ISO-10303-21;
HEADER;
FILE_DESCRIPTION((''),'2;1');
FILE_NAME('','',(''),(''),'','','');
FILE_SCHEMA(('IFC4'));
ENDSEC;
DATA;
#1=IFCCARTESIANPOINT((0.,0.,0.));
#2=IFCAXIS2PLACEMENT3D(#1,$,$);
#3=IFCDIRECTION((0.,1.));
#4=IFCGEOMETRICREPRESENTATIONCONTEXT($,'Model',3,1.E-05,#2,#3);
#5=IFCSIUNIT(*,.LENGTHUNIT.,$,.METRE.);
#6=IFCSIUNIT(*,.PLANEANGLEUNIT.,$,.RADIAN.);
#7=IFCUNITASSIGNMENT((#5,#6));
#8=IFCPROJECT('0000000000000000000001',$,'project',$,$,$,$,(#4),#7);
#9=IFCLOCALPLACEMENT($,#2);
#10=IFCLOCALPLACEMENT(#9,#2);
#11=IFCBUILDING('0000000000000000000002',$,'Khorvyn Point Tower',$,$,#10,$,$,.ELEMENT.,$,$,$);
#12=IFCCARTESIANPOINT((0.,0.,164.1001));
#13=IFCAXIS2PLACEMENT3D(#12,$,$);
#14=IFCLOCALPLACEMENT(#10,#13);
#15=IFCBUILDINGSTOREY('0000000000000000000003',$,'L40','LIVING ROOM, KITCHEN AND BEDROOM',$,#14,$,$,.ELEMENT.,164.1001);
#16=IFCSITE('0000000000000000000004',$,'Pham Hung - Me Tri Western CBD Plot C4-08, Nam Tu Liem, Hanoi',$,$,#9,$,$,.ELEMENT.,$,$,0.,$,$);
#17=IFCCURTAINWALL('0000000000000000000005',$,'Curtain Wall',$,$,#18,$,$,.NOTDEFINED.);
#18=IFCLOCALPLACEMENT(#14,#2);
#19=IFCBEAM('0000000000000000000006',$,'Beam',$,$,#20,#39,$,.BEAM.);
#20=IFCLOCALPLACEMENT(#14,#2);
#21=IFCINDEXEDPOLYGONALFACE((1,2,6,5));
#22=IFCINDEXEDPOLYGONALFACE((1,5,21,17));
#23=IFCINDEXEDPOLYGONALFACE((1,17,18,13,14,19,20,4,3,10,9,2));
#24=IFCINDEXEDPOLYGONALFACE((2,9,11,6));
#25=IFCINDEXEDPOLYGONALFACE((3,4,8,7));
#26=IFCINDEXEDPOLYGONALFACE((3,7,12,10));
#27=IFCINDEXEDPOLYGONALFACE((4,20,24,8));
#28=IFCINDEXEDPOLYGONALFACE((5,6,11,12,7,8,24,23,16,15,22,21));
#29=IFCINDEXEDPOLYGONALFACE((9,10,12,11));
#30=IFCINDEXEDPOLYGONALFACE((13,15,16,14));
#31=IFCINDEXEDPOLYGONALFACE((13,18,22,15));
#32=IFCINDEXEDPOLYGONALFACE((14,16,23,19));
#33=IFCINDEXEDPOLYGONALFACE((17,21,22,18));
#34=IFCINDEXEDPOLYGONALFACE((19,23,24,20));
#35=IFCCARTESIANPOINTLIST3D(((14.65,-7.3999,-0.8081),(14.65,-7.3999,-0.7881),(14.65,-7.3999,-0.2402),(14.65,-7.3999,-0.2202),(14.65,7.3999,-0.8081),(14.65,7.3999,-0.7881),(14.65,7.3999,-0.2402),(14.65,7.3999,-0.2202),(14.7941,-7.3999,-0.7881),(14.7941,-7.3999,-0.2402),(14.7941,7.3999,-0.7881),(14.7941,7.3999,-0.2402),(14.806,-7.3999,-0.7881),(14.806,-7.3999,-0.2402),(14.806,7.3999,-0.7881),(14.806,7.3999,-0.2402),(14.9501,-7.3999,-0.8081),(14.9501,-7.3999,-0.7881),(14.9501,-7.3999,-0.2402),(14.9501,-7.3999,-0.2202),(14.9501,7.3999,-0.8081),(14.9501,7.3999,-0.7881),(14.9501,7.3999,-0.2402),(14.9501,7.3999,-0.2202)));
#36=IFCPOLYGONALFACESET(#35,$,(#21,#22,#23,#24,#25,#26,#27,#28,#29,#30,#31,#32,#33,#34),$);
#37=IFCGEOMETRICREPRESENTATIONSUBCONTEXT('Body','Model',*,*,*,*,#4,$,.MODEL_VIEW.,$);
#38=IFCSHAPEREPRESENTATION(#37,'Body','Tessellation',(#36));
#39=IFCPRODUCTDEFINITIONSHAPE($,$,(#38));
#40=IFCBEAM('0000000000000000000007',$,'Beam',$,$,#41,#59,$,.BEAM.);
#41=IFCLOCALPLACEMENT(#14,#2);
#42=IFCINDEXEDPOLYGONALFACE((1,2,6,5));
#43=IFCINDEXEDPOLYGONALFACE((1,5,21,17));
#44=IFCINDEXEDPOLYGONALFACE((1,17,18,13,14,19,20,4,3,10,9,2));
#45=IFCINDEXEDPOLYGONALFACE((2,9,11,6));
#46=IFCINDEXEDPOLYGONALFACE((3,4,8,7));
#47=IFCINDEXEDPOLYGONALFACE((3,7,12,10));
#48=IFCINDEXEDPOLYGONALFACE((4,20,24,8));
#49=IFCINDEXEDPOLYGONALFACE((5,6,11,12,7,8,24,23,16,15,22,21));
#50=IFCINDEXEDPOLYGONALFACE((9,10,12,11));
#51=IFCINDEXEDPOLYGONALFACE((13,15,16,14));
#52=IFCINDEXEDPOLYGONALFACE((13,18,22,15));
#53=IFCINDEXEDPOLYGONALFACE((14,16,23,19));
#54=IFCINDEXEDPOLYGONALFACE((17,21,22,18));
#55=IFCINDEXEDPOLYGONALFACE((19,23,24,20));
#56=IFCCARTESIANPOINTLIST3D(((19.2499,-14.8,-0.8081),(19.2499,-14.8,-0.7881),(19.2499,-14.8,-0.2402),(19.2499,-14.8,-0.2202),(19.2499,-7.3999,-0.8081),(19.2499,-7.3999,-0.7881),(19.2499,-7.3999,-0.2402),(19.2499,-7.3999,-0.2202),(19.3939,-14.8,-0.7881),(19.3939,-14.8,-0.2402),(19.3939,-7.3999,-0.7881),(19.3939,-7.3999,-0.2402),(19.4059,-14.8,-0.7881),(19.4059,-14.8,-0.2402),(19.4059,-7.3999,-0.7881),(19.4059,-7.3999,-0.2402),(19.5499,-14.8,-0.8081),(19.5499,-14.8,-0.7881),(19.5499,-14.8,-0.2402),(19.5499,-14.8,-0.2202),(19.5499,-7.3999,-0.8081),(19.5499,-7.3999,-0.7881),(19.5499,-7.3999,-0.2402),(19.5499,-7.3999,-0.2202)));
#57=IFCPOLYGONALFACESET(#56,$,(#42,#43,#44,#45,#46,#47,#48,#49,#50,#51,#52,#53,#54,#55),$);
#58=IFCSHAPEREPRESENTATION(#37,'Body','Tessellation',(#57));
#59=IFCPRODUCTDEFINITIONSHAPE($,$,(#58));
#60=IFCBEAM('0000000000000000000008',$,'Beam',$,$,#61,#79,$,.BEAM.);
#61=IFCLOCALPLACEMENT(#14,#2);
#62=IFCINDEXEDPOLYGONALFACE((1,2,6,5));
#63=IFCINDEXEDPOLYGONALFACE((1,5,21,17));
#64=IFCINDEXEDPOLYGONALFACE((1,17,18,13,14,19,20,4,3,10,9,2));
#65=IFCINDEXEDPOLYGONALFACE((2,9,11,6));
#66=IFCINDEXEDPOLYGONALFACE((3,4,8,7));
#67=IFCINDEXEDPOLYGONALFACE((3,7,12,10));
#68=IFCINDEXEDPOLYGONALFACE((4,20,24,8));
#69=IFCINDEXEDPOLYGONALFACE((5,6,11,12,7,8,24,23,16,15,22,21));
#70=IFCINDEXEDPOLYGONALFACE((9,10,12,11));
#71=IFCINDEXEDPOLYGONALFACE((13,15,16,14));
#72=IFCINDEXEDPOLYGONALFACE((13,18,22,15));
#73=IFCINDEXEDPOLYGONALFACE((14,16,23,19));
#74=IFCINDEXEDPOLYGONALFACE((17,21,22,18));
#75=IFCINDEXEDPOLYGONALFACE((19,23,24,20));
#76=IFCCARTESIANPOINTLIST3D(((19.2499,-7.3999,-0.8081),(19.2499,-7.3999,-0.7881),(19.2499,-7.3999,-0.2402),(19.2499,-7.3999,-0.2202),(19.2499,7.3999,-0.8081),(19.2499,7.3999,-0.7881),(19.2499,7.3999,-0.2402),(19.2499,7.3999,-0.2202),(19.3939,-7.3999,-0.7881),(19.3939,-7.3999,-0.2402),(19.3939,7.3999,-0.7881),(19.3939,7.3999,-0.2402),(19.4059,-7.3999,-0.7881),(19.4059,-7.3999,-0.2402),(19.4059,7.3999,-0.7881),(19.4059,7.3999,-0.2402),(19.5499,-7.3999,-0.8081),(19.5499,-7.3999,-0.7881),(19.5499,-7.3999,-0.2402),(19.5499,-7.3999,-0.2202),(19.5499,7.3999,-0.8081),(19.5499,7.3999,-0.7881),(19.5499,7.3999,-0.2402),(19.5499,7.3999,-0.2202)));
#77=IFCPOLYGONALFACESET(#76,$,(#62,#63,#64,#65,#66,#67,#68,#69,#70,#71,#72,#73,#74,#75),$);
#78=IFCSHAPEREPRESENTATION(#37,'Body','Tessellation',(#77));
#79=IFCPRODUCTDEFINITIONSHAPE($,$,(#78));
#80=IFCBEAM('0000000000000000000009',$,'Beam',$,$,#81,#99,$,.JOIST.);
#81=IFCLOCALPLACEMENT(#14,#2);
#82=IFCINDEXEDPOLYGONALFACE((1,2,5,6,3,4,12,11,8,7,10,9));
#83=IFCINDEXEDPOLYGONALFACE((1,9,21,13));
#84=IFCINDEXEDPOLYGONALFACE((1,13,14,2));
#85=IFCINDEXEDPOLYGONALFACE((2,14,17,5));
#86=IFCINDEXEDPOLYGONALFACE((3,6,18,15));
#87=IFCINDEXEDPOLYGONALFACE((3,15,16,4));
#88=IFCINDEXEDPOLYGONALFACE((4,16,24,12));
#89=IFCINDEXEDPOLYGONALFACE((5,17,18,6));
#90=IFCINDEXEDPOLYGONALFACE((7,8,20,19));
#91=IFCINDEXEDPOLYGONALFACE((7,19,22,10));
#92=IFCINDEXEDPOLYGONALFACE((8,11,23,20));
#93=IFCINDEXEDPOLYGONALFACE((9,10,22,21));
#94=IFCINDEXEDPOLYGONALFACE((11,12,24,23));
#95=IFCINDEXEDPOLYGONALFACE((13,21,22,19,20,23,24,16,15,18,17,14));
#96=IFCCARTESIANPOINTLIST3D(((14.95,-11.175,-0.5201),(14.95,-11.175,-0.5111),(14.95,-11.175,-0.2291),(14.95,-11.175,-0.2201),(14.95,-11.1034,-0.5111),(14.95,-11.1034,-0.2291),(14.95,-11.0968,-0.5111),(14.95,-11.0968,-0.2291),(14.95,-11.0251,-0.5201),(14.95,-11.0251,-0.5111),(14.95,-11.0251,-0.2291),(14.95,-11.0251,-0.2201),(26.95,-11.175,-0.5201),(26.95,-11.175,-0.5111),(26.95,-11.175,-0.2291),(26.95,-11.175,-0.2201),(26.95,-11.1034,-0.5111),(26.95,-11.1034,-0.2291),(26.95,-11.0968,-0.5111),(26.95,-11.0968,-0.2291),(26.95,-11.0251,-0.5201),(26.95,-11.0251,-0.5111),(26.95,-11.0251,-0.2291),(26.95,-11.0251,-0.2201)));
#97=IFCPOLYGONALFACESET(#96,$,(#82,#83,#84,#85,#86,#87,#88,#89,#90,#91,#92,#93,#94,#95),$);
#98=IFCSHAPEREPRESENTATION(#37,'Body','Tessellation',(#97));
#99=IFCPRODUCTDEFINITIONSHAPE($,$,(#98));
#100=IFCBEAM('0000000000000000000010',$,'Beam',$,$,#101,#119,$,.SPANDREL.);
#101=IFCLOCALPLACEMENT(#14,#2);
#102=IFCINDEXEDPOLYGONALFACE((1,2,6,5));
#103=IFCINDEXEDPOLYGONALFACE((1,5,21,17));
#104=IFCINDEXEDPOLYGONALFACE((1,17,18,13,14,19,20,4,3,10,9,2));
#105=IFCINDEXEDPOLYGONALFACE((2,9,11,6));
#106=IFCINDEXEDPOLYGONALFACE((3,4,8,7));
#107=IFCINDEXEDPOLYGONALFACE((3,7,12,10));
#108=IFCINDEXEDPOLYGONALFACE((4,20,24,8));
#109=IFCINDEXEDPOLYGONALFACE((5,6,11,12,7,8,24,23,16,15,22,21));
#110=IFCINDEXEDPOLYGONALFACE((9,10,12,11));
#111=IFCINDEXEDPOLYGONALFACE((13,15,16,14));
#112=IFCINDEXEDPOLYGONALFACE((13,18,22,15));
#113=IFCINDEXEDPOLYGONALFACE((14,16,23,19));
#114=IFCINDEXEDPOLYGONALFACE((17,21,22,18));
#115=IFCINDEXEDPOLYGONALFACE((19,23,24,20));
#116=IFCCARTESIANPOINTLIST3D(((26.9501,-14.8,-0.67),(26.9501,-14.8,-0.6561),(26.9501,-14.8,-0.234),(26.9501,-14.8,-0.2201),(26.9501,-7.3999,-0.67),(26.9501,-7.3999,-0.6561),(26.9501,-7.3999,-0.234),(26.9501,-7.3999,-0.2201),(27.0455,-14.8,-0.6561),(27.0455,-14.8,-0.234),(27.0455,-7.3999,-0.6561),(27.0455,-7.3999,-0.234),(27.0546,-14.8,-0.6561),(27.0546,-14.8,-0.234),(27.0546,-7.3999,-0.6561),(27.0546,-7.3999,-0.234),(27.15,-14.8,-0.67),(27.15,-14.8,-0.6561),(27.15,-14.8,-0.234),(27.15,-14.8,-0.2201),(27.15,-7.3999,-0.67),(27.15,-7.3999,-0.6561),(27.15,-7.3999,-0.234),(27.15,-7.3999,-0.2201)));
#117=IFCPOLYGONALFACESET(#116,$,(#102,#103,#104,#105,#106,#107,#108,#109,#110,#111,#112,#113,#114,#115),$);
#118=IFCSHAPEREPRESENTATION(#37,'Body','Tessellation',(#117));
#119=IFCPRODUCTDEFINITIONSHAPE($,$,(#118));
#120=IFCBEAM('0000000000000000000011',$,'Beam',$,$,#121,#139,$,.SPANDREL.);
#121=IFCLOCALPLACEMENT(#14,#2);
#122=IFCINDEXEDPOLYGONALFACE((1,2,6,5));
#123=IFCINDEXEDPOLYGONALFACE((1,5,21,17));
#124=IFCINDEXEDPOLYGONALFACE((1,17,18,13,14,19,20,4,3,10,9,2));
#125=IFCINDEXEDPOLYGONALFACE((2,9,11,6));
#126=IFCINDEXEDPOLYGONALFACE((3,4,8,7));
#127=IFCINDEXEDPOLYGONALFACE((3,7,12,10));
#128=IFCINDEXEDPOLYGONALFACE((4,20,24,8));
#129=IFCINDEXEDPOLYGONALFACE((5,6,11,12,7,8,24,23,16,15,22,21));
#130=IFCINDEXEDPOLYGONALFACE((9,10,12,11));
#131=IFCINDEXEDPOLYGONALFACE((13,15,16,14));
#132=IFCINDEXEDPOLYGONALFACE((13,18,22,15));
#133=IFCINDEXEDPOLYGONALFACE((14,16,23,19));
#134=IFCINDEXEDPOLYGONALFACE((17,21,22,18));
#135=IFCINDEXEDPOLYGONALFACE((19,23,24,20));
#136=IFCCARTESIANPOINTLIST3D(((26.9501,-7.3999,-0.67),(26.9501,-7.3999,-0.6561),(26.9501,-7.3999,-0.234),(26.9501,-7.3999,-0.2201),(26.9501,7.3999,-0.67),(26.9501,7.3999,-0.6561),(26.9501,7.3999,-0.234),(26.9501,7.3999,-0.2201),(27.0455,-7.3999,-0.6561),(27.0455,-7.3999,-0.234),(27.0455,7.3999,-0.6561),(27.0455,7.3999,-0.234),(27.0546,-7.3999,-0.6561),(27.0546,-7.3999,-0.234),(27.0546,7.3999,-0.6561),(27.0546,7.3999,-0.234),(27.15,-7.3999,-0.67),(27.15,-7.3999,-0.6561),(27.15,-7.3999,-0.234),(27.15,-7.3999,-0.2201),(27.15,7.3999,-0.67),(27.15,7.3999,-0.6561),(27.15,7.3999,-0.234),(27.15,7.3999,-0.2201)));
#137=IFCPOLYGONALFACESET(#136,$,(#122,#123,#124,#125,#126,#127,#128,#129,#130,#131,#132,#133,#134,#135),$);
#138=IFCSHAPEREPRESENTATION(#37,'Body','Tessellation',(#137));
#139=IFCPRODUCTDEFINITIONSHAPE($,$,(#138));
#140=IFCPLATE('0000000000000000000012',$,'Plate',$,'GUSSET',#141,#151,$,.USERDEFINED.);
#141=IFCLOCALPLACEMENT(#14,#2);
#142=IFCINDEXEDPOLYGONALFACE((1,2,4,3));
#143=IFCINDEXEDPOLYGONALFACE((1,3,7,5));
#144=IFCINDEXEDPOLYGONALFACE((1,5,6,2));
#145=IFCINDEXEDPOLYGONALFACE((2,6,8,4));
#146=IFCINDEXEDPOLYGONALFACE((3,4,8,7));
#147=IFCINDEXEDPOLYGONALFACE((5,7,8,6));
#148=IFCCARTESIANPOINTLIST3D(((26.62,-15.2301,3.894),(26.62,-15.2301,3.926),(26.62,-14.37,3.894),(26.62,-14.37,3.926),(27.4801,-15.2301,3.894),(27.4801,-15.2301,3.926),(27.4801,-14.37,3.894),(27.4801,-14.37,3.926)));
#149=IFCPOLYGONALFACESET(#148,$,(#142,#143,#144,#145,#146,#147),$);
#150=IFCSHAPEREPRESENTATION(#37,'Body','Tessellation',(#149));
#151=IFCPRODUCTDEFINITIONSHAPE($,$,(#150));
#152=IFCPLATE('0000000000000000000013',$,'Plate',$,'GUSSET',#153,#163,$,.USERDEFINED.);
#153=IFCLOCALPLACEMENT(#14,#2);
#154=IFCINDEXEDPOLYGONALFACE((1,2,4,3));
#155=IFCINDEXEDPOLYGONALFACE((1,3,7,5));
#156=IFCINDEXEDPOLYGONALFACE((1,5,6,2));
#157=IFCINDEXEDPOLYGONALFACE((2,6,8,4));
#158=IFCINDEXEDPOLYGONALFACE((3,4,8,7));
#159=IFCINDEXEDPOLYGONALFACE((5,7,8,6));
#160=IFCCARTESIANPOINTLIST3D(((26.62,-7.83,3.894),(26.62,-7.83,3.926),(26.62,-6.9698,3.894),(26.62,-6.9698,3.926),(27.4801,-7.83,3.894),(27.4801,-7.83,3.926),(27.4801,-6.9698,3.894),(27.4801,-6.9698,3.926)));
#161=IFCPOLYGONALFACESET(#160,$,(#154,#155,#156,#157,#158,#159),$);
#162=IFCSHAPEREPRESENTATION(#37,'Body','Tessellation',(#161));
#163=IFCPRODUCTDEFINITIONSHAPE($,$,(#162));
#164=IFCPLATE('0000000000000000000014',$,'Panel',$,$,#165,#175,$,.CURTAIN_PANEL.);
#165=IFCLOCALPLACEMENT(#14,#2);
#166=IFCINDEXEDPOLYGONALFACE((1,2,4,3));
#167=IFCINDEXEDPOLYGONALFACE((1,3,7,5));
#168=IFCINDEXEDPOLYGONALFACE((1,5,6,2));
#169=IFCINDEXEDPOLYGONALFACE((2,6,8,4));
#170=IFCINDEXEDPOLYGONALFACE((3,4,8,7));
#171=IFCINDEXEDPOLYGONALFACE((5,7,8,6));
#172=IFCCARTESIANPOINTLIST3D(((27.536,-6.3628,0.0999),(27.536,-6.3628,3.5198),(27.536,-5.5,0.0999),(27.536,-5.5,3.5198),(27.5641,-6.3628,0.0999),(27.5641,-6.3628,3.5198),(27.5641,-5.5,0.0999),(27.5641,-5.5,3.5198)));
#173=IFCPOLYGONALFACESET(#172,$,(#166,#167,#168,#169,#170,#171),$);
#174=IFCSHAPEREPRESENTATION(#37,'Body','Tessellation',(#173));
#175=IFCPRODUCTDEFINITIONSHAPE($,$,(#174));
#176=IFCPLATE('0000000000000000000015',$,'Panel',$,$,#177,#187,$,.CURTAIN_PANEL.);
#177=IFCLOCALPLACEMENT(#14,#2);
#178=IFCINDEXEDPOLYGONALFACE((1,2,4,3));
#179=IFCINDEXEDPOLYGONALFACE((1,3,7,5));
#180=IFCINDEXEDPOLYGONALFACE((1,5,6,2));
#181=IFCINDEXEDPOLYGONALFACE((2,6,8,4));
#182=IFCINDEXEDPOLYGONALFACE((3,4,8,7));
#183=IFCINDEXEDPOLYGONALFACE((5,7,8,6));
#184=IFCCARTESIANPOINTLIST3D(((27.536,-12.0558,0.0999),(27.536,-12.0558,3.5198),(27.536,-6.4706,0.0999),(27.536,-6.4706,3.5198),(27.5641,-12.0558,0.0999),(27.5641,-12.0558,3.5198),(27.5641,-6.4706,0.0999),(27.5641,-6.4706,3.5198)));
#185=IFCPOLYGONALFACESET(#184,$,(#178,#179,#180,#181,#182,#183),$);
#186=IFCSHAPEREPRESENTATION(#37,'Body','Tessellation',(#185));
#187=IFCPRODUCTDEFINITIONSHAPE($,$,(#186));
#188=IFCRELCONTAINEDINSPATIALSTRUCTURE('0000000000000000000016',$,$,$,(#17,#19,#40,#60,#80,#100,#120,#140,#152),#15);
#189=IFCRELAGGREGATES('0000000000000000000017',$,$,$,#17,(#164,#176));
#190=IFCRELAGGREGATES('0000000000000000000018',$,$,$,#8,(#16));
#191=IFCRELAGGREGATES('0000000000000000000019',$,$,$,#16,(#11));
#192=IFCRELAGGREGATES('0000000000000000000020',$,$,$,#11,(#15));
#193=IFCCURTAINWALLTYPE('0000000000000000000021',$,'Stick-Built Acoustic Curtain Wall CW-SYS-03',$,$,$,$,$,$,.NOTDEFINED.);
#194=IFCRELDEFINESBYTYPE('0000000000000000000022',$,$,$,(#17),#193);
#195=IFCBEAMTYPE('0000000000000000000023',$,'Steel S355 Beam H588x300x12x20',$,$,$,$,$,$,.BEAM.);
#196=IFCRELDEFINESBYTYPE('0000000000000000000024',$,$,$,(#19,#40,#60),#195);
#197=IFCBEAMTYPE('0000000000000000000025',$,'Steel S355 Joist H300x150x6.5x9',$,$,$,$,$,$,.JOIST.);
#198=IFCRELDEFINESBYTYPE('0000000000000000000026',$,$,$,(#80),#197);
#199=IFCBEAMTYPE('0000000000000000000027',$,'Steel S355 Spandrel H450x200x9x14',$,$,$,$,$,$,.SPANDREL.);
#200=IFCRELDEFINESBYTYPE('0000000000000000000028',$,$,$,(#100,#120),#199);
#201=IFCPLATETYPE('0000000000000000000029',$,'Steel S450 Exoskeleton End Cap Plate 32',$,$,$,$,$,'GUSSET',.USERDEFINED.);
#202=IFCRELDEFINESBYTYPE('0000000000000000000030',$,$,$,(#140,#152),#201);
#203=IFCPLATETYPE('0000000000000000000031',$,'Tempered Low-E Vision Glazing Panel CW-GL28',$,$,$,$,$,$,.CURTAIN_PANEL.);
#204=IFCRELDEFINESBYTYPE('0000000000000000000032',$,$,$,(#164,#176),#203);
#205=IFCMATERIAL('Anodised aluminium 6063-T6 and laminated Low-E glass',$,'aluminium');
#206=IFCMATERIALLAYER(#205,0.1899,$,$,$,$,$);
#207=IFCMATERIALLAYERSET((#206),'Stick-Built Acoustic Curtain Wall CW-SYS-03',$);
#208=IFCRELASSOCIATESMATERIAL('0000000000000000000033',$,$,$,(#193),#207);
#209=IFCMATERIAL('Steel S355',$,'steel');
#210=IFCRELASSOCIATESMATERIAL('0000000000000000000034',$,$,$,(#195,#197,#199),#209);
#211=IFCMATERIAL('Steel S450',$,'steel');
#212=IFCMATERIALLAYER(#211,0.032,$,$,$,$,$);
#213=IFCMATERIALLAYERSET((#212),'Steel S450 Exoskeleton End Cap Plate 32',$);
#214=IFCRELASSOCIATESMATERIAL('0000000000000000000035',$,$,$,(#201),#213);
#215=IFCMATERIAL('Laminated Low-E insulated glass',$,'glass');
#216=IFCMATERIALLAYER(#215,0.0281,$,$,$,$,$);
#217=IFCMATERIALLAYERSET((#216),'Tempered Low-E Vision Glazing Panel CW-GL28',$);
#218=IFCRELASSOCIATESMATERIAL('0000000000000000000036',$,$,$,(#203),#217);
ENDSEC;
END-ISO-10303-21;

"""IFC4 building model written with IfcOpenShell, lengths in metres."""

from ifc_helpers import new_model, si_unit, direction, frame, origin, origin_2d, place, context, subcontext, project, spatial, rectangle, i_section, extrude, material, layer, layer_set, material_profile, profile_set, type_object, element, aggregate, save


model = new_model("IFC4")

# Units and contexts
model_context = context("Model", 3, precision=1e-05, world=origin(), true_north=direction((0.0, 1.0)))
body_context = subcontext(model_context, "Body", "Model", "MODEL_VIEW")
ifc_project = project(units=[si_unit("LENGTHUNIT", "METRE"), si_unit("PLANEANGLEUNIT", "RADIAN")], contexts=[model_context])

# Site, building, storey
site_placement = place(None, origin())
site = spatial("IfcSite", under=ifc_project, at=site_placement, Name="Pham Hung - Me Tri Western CBD Plot C4-08, Nam Tu Liem, Hanoi", CompositionType="ELEMENT", RefElevation=0.0)
building_placement = place(site_placement, origin())
building = spatial("IfcBuilding", under=site, at=building_placement, Name="Khorvyn Point Tower", CompositionType="ELEMENT")
storey_placement = place(building_placement, frame((0.0, 0.0, 164.1001)))
storey = spatial("IfcBuildingStorey", under=building, at=storey_placement, Name="L40", Description="LIVING ROOM, KITCHEN AND BEDROOM", CompositionType="ELEMENT", Elevation=164.1001)

# Shared definitions
ifc_material_1 = material(Name="Steel S450", Category="steel")

# Curtain wall
ifc_material_2 = material(Name="Anodised aluminium 6063-T6 and laminated Low-E glass", Category="aluminium")
ifc_layer_1 = layer(ifc_material_2, 0.1899)
ifc_layer_set_1 = layer_set([ifc_layer_1], Name="Stick-Built Acoustic Curtain Wall CW-SYS-03")
curtain_wall_type = type_object("IfcCurtainWallType", Name="Stick-Built Acoustic Curtain Wall CW-SYS-03", PredefinedType="NOTDEFINED", material=ifc_layer_set_1)
curtain_wall_placement = place(storey_placement, origin())
curtain_wall = element("IfcCurtainWall", 1, at=curtain_wall_placement, inside=storey, type_object=curtain_wall_type, Name="Curtain Wall", PredefinedType="NOTDEFINED")

# Beams
ifc_material_3 = material(Name="Steel S355", Category="steel")
ifc_material_profile_1 = material_profile(ifc_material_3, i_section(OverallWidth=0.3, OverallDepth=0.5879, WebThickness=0.012, FlangeThickness=0.02, at=origin_2d()))
ifc_profile_set_1 = profile_set([ifc_material_profile_1], Name="Steel S355 H588x300x12x20")
beam_type_1 = type_object("IfcBeamType", Name="Steel S355 Beam H588x300x12x20", PredefinedType="BEAM", material=ifc_profile_set_1)
beam_1_placement = place(storey_placement, frame((14.8, -7.3999, -0.5142), z_axis=(0.0, 1.0, 0.0), x_axis=(-1.0, 0.0, 0.0)))
element("IfcBeam", 2, at=beam_1_placement, inside=storey, type_object=beam_type_1, Name="Beam", PredefinedType="BEAM", context=body_context, shape_type="SweptSolid", body=[
    extrude(i_section(OverallWidth=0.3, OverallDepth=0.5879, WebThickness=0.012, FlangeThickness=0.02, at=origin_2d()), origin(), (0.0, 0.0, 1.0), 14.7998),
])
beam_2_placement = place(storey_placement, frame((19.3999, -14.8, -0.5142), z_axis=(0.0, 1.0, 0.0), x_axis=(-1.0, 0.0, 0.0)))
element("IfcBeam", 3, at=beam_2_placement, inside=storey, type_object=beam_type_1, Name="Beam", PredefinedType="BEAM", context=body_context, shape_type="SweptSolid", body=[
    extrude(i_section(OverallWidth=0.3, OverallDepth=0.5879, WebThickness=0.012, FlangeThickness=0.02, at=origin_2d()), origin(), (0.0, 0.0, 1.0), 7.4001),
])
beam_3_placement = place(storey_placement, frame((19.3999, -7.3999, -0.5142), z_axis=(0.0, 1.0, 0.0), x_axis=(-1.0, 0.0, 0.0)))
element("IfcBeam", 4, at=beam_3_placement, inside=storey, type_object=beam_type_1, Name="Beam", PredefinedType="BEAM", context=body_context, shape_type="SweptSolid", body=[
    extrude(i_section(OverallWidth=0.3, OverallDepth=0.5879, WebThickness=0.012, FlangeThickness=0.02, at=origin_2d()), origin(), (0.0, 0.0, 1.0), 14.7998),
])
ifc_material_profile_2 = material_profile(ifc_material_3, i_section(OverallWidth=0.1499, OverallDepth=0.3, WebThickness=0.0066, FlangeThickness=0.009, at=origin_2d()))
ifc_profile_set_2 = profile_set([ifc_material_profile_2], Name="Steel S355 H300x150x6.5x9")
beam_type_2 = type_object("IfcBeamType", Name="Steel S355 Joist H300x150x6.5x9", PredefinedType="JOIST", material=ifc_profile_set_2)
beam_4_placement = place(storey_placement, frame((14.95, -11.1001, -0.3701), z_axis=(1.0, 0.0, 0.0), x_axis=(0.0, 1.0, 0.0)))
element("IfcBeam", 5, at=beam_4_placement, inside=storey, type_object=beam_type_2, Name="Beam", PredefinedType="JOIST", context=body_context, shape_type="SweptSolid", body=[
    extrude(i_section(OverallWidth=0.1499, OverallDepth=0.3, WebThickness=0.0066, FlangeThickness=0.009, at=origin_2d()), origin(), (0.0, 0.0, 1.0), 12.0),
])
ifc_material_profile_3 = material_profile(ifc_material_3, i_section(OverallWidth=0.2, OverallDepth=0.45, WebThickness=0.009, FlangeThickness=0.0139, at=origin_2d()))
ifc_profile_set_3 = profile_set([ifc_material_profile_3], Name="Steel S355 H450x200x9x14")
beam_type_3 = type_object("IfcBeamType", Name="Steel S355 Spandrel H450x200x9x14", PredefinedType="SPANDREL", material=ifc_profile_set_3)
beam_5_placement = place(storey_placement, frame((27.05, -14.8, -0.4451), z_axis=(0.0, 1.0, 0.0), x_axis=(-1.0, 0.0, 0.0)))
element("IfcBeam", 6, at=beam_5_placement, inside=storey, type_object=beam_type_3, Name="Beam", PredefinedType="SPANDREL", context=body_context, shape_type="SweptSolid", body=[
    extrude(i_section(OverallWidth=0.2, OverallDepth=0.45, WebThickness=0.009, FlangeThickness=0.0139, at=origin_2d()), origin(), (0.0, 0.0, 1.0), 7.4001),
])
beam_6_placement = place(storey_placement, frame((27.05, -7.3999, -0.4451), z_axis=(0.0, 1.0, 0.0), x_axis=(-1.0, 0.0, 0.0)))
element("IfcBeam", 7, at=beam_6_placement, inside=storey, type_object=beam_type_3, Name="Beam", PredefinedType="SPANDREL", context=body_context, shape_type="SweptSolid", body=[
    extrude(i_section(OverallWidth=0.2, OverallDepth=0.45, WebThickness=0.009, FlangeThickness=0.0139, at=origin_2d()), origin(), (0.0, 0.0, 1.0), 14.7998),
])

# Plates
ifc_layer_2 = layer(ifc_material_1, 0.032)
ifc_layer_set_2 = layer_set([ifc_layer_2], Name="Steel S450 Exoskeleton End Cap Plate 32")
plate_type_1 = type_object("IfcPlateType", Name="Steel S450 Exoskeleton End Cap Plate 32", ElementType="GUSSET", PredefinedType="USERDEFINED", material=ifc_layer_set_2)
for number, where, z_axis, x_axis, name in (
    (8, (27.05, -14.8, 3.894), (0.0, 0.0, 1.0), (1.0, 0.0, 0.0), "Plate"),
    (9, (27.05, -7.3999, 3.894), (0.0, 0.0, 1.0), (1.0, 0.0, 0.0), "Plate"),
):
    element("IfcPlate", number, at=place(storey_placement, frame(where, z_axis=z_axis, x_axis=x_axis)), inside=storey, type_object=plate_type_1, Name=name, ObjectType="GUSSET", PredefinedType="USERDEFINED", context=body_context, shape_type="SweptSolid", body=[
        extrude(rectangle(XDim=0.8601, YDim=0.8601, at=origin_2d()), origin(), (0.0, 0.0, 1.0), 0.032),
    ])

# Plates
ifc_material_4 = material(Name="Laminated Low-E insulated glass", Category="glass")
ifc_layer_3 = layer(ifc_material_4, 0.0281)
ifc_layer_set_3 = layer_set([ifc_layer_3], Name="Tempered Low-E Vision Glazing Panel CW-GL28")
plate_type_2 = type_object("IfcPlateType", Name="Tempered Low-E Vision Glazing Panel CW-GL28", PredefinedType="CURTAIN_PANEL", material=ifc_layer_set_3)
plate_1_placement = place(storey_placement, frame((27.55, -5.9314, 0.0999), z_axis=(0.0, 0.0, 1.0), x_axis=(0.0, -1.0, 0.0)))
plate_1 = element("IfcPlate", 10, at=plate_1_placement, type_object=plate_type_2, Name="Panel", PredefinedType="CURTAIN_PANEL", context=body_context, shape_type="SweptSolid", body=[
    extrude(rectangle(XDim=0.8628, YDim=0.0281, at=origin_2d()), origin(), (0.0, 0.0, 1.0), 3.4199),
])
plate_2_placement = place(storey_placement, frame((27.55, -9.2632, 0.0999), z_axis=(0.0, 0.0, 1.0), x_axis=(0.0, -1.0, 0.0)))
plate_2 = element("IfcPlate", 11, at=plate_2_placement, type_object=plate_type_2, Name="Panel", PredefinedType="CURTAIN_PANEL", context=body_context, shape_type="SweptSolid", body=[
    extrude(rectangle(XDim=5.5852, YDim=0.0281, at=origin_2d()), origin(), (0.0, 0.0, 1.0), 3.4199),
])
aggregate(curtain_wall, [plate_1, plate_2])

save(model, "model.ifc")
